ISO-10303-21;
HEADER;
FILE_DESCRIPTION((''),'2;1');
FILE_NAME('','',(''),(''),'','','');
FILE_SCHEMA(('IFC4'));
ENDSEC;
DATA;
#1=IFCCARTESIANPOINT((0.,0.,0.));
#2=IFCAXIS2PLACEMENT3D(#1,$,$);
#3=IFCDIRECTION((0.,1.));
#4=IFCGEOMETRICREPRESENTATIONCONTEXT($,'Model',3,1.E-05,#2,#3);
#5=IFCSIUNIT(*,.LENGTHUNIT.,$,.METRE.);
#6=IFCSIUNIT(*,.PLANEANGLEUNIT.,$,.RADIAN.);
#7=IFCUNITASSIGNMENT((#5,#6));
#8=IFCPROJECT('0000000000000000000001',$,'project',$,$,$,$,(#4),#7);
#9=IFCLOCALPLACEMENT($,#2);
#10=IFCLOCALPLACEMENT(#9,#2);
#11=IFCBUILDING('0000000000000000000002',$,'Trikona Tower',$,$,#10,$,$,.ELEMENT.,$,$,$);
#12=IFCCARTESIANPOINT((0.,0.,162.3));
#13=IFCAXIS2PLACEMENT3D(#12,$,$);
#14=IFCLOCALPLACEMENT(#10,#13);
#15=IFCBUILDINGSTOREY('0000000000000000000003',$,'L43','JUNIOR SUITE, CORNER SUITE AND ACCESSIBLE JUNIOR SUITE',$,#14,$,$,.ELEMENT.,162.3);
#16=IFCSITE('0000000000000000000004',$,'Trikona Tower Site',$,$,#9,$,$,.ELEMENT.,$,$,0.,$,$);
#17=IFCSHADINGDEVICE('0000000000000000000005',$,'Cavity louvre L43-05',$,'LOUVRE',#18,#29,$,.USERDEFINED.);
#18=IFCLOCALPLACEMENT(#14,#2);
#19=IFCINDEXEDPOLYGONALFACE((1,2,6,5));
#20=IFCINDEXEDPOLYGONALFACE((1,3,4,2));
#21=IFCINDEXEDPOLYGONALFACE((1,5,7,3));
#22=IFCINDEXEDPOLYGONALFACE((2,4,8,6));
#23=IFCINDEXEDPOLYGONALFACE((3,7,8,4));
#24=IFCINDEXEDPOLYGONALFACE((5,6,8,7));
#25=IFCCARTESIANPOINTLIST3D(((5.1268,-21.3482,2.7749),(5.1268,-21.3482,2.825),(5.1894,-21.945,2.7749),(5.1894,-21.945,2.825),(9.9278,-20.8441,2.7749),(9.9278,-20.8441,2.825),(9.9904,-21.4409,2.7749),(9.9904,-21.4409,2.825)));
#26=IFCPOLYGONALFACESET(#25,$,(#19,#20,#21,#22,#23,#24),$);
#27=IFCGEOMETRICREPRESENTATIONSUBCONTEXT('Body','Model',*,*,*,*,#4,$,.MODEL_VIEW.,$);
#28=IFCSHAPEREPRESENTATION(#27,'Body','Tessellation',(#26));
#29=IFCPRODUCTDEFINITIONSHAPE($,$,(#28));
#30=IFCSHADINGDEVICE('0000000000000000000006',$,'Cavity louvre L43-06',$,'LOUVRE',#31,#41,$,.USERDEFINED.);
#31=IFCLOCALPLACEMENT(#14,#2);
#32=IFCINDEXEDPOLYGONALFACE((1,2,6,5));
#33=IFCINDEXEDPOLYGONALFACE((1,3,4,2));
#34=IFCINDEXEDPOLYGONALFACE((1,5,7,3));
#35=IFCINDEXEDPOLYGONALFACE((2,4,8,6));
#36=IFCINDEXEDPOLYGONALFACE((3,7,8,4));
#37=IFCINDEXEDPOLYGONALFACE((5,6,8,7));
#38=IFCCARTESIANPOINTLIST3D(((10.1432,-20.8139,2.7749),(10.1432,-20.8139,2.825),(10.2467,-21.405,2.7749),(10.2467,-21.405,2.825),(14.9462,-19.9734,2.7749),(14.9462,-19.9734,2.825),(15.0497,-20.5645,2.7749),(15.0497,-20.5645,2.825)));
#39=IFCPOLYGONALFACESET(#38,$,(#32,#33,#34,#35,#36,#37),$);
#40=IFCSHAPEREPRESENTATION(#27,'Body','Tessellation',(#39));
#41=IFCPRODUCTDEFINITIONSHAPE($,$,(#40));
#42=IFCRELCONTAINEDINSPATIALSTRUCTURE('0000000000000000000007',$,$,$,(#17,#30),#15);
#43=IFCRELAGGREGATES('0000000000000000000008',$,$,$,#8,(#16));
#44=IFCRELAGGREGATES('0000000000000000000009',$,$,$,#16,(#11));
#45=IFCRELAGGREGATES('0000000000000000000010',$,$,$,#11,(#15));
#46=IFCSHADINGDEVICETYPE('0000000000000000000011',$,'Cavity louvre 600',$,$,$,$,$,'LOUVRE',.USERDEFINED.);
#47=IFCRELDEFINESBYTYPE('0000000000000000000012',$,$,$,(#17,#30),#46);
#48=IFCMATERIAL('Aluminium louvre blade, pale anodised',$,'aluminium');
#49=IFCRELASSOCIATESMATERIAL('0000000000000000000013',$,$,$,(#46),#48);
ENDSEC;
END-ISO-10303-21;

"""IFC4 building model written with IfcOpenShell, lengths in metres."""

from ifc_helpers import new_model, si_unit, direction, frame, origin, origin_2d, place, context, subcontext, project, spatial, rectangle, extrude, material, type_object, element, save


model = new_model("IFC4")

# Units and contexts
model_context = context("Model", 3, precision=1e-05, world=origin(), true_north=direction((0.0, 1.0)))
body_context = subcontext(model_context, "Body", "Model", "MODEL_VIEW")
ifc_project = project(units=[si_unit("LENGTHUNIT", "METRE"), si_unit("PLANEANGLEUNIT", "RADIAN")], contexts=[model_context])

# Site, building, storey
site_placement = place(None, origin())
site = spatial("IfcSite", under=ifc_project, at=site_placement, Name="Trikona Tower Site", CompositionType="ELEMENT", RefElevation=0.0)
building_placement = place(site_placement, origin())
building = spatial("IfcBuilding", under=site, at=building_placement, Name="Trikona Tower", CompositionType="ELEMENT")
storey_placement = place(building_placement, frame((0.0, 0.0, 162.3)))
storey = spatial("IfcBuildingStorey", under=building, at=storey_placement, Name="L43", Description="JUNIOR SUITE, CORNER SUITE AND ACCESSIBLE JUNIOR SUITE", CompositionType="ELEMENT", Elevation=162.3)

# Shading devices
ifc_material_1 = material(Name="Aluminium louvre blade, pale anodised", Category="aluminium")
shading_device_type = type_object("IfcShadingDeviceType", Name="Cavity louvre 600", ElementType="LOUVRE", PredefinedType="USERDEFINED", material=ifc_material_1)
shading_device_1_placement = place(storey_placement, frame((7.5586, -21.3945, 2.7749), z_axis=(0.0, 0.0, 1.0), x_axis=(0.994533, 0.104426, 0.0)))
element("IfcShadingDevice", 1, at=shading_device_1_placement, inside=storey, type_object=shading_device_type, Name="Cavity louvre L43-05", ObjectType="LOUVRE", PredefinedType="USERDEFINED", context=body_context, shape_type="SweptSolid", body=[
    extrude(rectangle(XDim=4.8274, YDim=0.6001, at=origin_2d()), origin(), (0.0, 0.0, 1.0), 0.05),
])
shading_device_2_placement = place(storey_placement, frame((12.5964, -20.6892, 2.7749), z_axis=(0.0, 0.0, 1.0), x_axis=(0.985031, 0.17238, 0.0)))
element("IfcShadingDevice", 2, at=shading_device_2_placement, inside=storey, type_object=shading_device_type, Name="Cavity louvre L43-06", ObjectType="LOUVRE", PredefinedType="USERDEFINED", context=body_context, shape_type="SweptSolid", body=[
    extrude(rectangle(XDim=4.876, YDim=0.6001, at=origin_2d()), origin(), (0.0, 0.0, 1.0), 0.05),
])

save(model, "model.ifc")
